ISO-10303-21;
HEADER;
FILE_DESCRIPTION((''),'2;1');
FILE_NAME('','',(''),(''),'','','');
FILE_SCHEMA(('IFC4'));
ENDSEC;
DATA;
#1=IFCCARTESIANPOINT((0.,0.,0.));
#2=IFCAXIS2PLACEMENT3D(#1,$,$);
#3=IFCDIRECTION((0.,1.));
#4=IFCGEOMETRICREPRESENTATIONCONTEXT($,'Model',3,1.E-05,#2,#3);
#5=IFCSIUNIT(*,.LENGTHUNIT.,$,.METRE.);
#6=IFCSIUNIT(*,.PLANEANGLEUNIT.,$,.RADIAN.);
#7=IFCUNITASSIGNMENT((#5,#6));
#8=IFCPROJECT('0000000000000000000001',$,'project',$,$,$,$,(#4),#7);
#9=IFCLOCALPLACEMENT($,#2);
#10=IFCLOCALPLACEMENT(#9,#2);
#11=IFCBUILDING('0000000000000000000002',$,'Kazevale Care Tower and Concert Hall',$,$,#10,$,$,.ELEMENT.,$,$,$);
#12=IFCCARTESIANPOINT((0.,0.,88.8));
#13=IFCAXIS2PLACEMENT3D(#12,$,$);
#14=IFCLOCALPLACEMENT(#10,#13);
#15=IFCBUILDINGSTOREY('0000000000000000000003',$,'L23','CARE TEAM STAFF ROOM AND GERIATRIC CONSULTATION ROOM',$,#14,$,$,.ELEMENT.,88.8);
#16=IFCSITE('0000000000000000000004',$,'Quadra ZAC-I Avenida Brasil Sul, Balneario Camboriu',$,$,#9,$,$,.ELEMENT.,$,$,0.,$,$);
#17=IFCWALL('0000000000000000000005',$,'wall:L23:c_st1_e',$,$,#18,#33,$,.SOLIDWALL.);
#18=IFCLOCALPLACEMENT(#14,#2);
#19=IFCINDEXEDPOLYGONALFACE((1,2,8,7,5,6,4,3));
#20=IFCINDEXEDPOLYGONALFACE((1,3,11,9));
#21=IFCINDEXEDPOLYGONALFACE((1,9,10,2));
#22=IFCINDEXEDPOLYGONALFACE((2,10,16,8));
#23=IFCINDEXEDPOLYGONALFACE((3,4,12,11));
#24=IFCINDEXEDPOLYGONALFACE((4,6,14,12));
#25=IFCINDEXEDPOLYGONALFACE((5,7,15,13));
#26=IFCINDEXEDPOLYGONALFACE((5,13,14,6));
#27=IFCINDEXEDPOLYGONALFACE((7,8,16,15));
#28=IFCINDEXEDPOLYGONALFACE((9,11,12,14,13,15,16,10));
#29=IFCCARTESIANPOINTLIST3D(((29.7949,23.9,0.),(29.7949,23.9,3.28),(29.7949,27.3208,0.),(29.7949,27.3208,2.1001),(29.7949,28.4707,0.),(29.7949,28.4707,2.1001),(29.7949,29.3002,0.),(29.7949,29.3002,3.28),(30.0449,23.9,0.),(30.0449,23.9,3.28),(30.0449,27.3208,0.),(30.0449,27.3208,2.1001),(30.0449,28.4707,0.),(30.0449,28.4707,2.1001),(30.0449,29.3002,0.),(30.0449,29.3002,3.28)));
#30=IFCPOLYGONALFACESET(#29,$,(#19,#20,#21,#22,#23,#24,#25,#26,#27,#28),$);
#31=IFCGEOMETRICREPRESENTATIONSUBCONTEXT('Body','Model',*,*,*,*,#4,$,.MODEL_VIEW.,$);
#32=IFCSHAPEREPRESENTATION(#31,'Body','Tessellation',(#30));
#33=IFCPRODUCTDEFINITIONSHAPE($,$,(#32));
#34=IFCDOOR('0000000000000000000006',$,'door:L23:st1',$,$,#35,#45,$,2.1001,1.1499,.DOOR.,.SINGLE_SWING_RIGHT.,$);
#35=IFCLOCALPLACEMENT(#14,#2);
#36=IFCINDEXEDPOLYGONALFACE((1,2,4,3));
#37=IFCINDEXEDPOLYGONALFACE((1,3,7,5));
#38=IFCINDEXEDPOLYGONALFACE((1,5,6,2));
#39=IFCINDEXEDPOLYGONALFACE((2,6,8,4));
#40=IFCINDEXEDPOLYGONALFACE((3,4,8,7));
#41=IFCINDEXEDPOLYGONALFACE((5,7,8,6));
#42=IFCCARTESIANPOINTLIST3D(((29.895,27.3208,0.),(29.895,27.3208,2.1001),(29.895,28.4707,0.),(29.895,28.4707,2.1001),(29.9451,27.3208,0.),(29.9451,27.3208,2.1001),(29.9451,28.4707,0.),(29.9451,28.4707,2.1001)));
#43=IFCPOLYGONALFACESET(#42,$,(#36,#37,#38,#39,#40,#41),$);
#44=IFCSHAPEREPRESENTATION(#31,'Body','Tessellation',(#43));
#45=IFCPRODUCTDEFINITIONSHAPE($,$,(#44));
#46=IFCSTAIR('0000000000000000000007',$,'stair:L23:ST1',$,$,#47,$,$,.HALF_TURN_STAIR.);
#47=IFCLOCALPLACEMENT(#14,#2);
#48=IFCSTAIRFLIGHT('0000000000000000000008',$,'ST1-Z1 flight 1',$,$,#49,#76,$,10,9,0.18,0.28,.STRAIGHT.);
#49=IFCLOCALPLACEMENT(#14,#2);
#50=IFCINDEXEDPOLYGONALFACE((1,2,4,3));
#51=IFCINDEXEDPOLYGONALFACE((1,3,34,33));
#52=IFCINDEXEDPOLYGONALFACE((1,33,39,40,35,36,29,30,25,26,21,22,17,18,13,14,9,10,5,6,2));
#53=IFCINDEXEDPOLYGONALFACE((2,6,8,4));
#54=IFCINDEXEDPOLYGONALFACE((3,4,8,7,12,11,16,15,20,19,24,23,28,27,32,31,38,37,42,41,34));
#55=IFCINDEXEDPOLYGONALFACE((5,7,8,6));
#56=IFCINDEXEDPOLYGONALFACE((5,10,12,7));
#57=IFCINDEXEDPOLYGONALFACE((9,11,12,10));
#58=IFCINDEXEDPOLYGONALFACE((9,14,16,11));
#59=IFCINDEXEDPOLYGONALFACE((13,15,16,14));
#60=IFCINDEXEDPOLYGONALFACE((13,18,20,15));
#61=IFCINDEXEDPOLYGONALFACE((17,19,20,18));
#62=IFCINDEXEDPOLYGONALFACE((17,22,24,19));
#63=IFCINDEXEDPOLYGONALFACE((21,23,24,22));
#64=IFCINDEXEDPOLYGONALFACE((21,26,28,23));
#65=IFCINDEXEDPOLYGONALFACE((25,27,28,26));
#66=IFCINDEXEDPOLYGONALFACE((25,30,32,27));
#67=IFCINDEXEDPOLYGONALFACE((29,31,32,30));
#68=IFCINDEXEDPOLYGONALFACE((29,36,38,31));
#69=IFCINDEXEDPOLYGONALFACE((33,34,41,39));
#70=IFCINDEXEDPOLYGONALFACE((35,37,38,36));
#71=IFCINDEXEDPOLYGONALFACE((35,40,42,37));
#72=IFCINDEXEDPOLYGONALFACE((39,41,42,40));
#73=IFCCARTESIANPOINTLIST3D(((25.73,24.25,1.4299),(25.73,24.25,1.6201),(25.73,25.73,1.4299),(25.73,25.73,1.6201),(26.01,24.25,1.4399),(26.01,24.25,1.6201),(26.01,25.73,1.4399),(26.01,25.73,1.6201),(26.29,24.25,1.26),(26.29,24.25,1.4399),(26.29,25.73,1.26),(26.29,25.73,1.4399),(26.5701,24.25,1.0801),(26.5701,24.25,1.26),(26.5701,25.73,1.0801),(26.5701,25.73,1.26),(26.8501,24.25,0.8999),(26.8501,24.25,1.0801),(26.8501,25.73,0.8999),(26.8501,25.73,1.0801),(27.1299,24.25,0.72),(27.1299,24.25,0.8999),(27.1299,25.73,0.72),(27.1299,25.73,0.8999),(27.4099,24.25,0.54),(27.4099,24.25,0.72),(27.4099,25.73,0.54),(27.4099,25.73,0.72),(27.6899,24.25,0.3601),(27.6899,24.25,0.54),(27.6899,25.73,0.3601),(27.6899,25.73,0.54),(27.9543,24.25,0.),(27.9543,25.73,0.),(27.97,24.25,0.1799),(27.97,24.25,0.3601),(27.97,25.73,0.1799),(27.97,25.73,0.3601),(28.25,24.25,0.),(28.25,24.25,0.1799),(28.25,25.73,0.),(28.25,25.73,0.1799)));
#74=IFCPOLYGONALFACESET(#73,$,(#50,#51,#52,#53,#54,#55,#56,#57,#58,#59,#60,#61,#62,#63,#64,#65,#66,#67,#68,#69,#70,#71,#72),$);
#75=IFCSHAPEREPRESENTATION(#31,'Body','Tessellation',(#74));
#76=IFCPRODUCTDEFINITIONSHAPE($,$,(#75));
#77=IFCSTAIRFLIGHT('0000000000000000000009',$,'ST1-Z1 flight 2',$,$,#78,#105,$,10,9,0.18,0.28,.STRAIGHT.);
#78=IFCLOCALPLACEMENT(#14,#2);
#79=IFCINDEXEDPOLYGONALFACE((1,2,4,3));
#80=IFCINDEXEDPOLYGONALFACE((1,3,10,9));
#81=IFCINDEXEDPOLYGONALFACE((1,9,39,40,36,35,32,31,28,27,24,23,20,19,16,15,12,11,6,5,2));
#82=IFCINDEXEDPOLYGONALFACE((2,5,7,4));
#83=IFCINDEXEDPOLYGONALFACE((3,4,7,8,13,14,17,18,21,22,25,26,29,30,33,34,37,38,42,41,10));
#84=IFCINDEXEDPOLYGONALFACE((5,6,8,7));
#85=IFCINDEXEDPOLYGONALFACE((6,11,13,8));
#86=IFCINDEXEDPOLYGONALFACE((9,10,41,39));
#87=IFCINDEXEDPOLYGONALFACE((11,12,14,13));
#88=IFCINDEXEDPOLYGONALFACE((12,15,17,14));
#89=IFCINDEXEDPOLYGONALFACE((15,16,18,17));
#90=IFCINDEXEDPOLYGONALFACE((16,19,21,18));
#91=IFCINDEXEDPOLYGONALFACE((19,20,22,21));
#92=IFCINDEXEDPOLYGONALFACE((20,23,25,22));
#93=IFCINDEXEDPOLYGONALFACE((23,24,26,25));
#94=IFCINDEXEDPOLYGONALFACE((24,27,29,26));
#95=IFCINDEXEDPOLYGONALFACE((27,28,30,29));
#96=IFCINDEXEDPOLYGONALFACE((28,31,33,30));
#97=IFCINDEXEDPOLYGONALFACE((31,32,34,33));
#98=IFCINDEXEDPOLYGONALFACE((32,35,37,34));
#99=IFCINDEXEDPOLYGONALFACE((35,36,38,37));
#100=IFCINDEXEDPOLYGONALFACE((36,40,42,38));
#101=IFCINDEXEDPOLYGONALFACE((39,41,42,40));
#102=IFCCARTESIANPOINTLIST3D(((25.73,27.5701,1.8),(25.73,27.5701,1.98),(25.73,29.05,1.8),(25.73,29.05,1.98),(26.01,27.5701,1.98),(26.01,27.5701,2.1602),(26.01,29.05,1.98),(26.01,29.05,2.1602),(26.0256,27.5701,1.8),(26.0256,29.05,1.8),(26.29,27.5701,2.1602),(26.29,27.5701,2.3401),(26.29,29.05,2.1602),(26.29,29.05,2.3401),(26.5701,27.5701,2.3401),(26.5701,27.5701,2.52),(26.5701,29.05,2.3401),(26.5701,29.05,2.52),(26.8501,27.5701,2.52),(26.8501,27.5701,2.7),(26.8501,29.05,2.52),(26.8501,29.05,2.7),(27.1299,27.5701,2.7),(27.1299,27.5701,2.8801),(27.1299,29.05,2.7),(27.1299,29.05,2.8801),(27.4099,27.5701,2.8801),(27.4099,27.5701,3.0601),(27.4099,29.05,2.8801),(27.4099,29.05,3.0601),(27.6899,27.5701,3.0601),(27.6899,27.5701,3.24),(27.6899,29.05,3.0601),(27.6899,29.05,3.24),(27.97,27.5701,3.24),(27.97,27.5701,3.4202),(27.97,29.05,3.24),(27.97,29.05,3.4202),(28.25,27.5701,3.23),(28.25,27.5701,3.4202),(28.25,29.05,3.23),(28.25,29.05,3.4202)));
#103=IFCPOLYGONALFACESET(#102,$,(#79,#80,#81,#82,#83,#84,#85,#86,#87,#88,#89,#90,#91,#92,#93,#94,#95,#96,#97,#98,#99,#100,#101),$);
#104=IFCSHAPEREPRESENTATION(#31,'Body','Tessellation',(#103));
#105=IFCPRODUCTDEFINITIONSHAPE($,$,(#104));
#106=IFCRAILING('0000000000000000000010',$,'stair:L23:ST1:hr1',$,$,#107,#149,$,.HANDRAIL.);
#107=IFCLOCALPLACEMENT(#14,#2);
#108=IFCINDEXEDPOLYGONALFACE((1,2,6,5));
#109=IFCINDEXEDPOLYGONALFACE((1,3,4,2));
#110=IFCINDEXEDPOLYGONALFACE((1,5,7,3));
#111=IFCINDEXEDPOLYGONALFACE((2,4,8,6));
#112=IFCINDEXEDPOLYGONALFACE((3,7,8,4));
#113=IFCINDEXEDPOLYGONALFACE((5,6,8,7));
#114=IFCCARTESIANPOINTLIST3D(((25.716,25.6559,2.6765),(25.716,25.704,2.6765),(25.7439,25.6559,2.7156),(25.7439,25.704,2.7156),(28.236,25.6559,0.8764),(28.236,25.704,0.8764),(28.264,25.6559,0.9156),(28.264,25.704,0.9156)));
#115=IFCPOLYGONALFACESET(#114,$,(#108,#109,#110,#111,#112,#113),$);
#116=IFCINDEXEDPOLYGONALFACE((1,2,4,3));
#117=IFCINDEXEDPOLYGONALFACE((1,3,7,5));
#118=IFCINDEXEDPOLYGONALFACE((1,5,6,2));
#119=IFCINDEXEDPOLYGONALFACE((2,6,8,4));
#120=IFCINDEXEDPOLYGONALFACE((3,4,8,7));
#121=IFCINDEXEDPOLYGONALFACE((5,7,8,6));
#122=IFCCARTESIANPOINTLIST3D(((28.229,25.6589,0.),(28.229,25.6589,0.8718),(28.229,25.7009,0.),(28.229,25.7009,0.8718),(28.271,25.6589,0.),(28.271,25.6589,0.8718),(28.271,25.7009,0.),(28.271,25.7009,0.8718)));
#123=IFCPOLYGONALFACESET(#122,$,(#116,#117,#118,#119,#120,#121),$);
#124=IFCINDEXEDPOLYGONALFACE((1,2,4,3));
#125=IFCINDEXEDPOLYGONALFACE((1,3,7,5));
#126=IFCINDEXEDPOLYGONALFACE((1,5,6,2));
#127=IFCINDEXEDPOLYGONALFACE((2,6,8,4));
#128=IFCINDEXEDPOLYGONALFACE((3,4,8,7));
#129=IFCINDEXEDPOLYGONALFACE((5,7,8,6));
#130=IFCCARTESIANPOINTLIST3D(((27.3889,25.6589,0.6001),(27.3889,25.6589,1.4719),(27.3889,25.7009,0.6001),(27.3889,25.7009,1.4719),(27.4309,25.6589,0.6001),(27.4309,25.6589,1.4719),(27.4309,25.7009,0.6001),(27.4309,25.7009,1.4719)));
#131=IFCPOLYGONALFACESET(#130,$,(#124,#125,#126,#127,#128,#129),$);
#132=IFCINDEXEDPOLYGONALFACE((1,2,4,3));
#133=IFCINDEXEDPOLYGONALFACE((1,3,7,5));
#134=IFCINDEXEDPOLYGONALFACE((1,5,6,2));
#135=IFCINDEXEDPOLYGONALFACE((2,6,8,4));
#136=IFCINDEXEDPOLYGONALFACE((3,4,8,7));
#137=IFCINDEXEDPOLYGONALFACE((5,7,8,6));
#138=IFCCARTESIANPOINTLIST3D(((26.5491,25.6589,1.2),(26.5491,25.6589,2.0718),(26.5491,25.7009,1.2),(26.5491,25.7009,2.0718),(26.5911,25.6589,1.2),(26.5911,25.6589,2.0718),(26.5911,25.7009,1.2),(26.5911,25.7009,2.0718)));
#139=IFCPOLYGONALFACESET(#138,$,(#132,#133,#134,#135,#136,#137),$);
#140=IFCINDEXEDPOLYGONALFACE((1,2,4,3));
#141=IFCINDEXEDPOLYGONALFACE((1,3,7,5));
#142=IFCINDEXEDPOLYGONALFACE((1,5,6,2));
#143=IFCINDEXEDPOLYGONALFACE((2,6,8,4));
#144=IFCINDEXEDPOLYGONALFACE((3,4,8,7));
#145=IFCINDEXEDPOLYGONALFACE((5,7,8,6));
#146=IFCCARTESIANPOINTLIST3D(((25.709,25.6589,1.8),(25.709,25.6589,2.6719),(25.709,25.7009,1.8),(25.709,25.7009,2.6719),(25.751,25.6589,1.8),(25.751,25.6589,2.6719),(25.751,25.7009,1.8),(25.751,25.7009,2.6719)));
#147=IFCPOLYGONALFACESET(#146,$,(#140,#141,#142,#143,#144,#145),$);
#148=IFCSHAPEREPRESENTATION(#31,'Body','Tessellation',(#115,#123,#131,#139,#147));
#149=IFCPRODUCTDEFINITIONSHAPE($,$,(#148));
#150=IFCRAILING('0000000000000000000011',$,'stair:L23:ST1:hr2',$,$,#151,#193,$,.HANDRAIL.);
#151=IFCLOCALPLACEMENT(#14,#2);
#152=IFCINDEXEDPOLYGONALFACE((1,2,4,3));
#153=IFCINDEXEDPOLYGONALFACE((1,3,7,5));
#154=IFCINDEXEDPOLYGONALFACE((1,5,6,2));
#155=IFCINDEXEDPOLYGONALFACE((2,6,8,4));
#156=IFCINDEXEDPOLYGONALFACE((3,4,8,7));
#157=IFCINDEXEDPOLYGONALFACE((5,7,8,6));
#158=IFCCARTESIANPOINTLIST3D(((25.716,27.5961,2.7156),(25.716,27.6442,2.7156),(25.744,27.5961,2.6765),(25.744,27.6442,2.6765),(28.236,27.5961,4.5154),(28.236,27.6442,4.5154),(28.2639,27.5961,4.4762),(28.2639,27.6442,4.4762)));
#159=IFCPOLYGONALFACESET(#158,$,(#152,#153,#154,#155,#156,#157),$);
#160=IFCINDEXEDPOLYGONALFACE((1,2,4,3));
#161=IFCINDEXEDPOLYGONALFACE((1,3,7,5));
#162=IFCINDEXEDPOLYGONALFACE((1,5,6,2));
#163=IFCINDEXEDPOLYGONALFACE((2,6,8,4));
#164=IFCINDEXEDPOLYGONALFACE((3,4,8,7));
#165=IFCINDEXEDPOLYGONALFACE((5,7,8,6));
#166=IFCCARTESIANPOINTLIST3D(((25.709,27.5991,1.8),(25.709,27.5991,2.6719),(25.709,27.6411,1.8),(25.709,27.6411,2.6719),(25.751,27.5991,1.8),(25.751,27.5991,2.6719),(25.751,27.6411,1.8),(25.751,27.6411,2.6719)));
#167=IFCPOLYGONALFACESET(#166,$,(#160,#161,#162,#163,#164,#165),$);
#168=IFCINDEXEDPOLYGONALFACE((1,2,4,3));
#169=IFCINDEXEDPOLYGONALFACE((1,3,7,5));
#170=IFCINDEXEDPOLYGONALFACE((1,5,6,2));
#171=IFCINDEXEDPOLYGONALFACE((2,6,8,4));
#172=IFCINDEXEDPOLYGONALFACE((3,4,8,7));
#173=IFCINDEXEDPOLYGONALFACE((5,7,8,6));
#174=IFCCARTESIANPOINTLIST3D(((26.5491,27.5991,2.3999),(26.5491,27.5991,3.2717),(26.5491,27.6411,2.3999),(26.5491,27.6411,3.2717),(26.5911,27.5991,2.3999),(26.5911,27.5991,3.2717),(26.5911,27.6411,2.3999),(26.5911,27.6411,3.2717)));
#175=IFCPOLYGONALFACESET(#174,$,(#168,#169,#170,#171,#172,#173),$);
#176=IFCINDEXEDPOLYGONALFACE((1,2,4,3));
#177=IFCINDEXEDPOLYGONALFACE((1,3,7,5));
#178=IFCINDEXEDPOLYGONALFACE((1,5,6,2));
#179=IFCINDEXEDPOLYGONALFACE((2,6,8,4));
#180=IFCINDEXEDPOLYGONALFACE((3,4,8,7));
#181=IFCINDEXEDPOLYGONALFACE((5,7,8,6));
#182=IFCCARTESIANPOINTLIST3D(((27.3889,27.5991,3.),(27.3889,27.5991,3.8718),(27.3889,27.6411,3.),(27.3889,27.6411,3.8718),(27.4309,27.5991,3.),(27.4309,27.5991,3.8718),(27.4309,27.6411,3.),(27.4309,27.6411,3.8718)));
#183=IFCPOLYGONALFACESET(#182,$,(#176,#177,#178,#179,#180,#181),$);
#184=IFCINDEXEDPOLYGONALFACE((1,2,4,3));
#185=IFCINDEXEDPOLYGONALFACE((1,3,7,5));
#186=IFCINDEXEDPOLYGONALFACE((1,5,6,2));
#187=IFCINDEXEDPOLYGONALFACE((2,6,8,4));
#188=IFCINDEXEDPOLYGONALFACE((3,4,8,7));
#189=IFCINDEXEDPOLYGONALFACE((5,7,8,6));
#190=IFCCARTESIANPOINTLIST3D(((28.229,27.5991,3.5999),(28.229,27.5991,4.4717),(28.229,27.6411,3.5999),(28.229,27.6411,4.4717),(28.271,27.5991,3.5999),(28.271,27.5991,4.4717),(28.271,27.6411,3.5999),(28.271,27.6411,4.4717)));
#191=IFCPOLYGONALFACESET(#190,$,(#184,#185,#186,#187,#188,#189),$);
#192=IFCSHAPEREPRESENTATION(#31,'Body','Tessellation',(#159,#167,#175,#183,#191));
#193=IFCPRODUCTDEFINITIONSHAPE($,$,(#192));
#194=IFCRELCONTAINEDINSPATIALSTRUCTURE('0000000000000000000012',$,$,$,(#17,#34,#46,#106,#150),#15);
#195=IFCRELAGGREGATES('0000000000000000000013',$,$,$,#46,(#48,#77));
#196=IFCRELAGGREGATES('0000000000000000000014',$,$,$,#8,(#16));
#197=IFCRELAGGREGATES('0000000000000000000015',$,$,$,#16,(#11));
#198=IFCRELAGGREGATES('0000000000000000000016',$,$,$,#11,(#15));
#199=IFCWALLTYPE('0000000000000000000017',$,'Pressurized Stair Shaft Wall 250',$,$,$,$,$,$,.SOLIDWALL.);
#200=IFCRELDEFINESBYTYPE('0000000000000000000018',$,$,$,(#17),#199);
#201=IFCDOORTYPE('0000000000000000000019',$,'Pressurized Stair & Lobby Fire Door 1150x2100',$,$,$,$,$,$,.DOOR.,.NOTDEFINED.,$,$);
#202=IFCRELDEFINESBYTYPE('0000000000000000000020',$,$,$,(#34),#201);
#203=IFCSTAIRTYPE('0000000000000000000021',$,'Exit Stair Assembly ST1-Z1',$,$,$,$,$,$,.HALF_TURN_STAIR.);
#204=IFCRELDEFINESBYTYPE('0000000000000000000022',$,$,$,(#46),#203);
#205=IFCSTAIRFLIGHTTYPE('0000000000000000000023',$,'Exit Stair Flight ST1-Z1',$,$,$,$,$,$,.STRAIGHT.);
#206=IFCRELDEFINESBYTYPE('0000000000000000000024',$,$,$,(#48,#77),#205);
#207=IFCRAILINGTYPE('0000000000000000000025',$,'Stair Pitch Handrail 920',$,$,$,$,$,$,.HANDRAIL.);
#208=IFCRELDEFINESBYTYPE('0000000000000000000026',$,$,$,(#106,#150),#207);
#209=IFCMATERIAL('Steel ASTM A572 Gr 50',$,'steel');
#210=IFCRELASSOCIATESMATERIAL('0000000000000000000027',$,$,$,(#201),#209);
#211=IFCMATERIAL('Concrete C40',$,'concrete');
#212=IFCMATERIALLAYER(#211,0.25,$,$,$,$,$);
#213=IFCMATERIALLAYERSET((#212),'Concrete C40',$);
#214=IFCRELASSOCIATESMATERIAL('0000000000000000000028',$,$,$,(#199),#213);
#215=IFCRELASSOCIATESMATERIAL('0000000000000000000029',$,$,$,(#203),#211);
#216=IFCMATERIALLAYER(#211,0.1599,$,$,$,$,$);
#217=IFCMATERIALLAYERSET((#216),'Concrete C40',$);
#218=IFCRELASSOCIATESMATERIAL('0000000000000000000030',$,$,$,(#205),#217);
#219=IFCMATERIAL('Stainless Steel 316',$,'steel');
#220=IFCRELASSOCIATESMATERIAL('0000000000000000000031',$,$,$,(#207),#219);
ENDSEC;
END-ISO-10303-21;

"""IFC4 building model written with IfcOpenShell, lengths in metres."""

from ifc_helpers import new_model, si_unit, direction, frame, frame_2d, origin, origin_2d, place, context, subcontext, project, spatial, polyline, rectangle, outline, extrude, material, layer, layer_set, type_object, element, fill, aggregate, save


model = new_model("IFC4")

# Units and contexts
model_context = context("Model", 3, precision=1e-05, world=origin(), true_north=direction((0.0, 1.0)))
body_context = subcontext(model_context, "Body", "Model", "MODEL_VIEW")
ifc_project = project(units=[si_unit("LENGTHUNIT", "METRE"), si_unit("PLANEANGLEUNIT", "RADIAN")], contexts=[model_context])

# Site, building, storey
site_placement = place(None, origin())
site = spatial("IfcSite", under=ifc_project, at=site_placement, Name="Quadra ZAC-I Avenida Brasil Sul, Balneario Camboriu", CompositionType="ELEMENT", RefElevation=0.0)
building_placement = place(site_placement, origin())
building = spatial("IfcBuilding", under=site, at=building_placement, Name="Kazevale Care Tower and Concert Hall", CompositionType="ELEMENT")
storey_placement = place(building_placement, frame((0.0, 0.0, 88.8)))
storey = spatial("IfcBuildingStorey", under=building, at=storey_placement, Name="L23", Description="CARE TEAM STAFF ROOM AND GERIATRIC CONSULTATION ROOM", CompositionType="ELEMENT", Elevation=88.8)

# Shared definitions
ifc_material_1 = material(Name="Steel ASTM A572 Gr 50", Category="steel")

# Shared definitions
door_type_1 = type_object("IfcDoorType", Name="Pressurized Stair & Lobby Fire Door 1150x2100", OperationType="NOTDEFINED", PredefinedType="DOOR", material=ifc_material_1)

# Shared definitions
ifc_material_2 = material(Name="Concrete C40", Category="concrete")
ifc_material_3 = material(Name="Stainless Steel 316", Category="steel")

# Wall, opening, door
ifc_layer_1 = layer(ifc_material_2, 0.25)
ifc_layer_set_1 = layer_set([ifc_layer_1], Name="Concrete C40")
wall_type_1 = type_object("IfcWallType", Name="Pressurized Stair Shaft Wall 250", PredefinedType="SOLIDWALL", material=ifc_layer_set_1)
wall_1_placement = place(storey_placement, frame((29.9199, 23.8999, 0.0), z_axis=(0.0, 0.0, 1.0), x_axis=(0.0, 1.0, 0.0)))
wall_1 = element("IfcWall", 1, at=wall_1_placement, inside=storey, type_object=wall_type_1, Name="wall:L23:c_st1_e", PredefinedType="SOLIDWALL", context=body_context, shape_type="SweptSolid", body=[
    extrude(rectangle(XDim=5.4001, YDim=0.25, at=frame_2d((2.7002, 0.0))), origin(), (0.0, 0.0, 1.0), 3.28),
])
opening_1_placement = place(wall_1_placement, frame((3.4209, 0.0, 0.0)))
opening_1 = element("IfcOpeningElement", 2, at=opening_1_placement, cuts=wall_1, PredefinedType="OPENING", context=body_context, shape_type="SweptSolid", body=[
    extrude(rectangle(XDim=1.1499, YDim=2.1001, at=frame_2d((0.575, 1.05))), frame((0.0, 0.135, 0.0), z_axis=(0.0, -1.0, 0.0), x_axis=(1.0, 0.0, 0.0)), (0.0, 0.0, 1.0), 0.27),
])
door_1_placement = place(opening_1_placement, origin())
door_1 = element("IfcDoor", 3, at=door_1_placement, inside=storey, type_object=door_type_1, Name="door:L23:st1", OperationType="SINGLE_SWING_RIGHT", OverallHeight=2.1001, OverallWidth=1.1499, PredefinedType="DOOR", context=body_context, shape_type="SweptSolid", body=[
    extrude(rectangle(XDim=1.1499, YDim=2.1001, at=frame_2d((0.575, 1.05))), frame((0.0, 0.0249, 0.0), z_axis=(0.0, -1.0, 0.0), x_axis=(1.0, 0.0, 0.0)), (0.0, 0.0, 1.0), 0.05),
])
fill(opening_1, door_1)

# Stair, stair flights
stair_type = type_object("IfcStairType", Name="Exit Stair Assembly ST1-Z1", PredefinedType="HALF_TURN_STAIR", material=ifc_material_2)
stair_placement = place(storey_placement, origin())
stair = element("IfcStair", 4, at=stair_placement, inside=storey, type_object=stair_type, Name="stair:L23:ST1", PredefinedType="HALF_TURN_STAIR")
ifc_layer_2 = layer(ifc_material_2, 0.1599)
ifc_layer_set_2 = layer_set([ifc_layer_2], Name="Concrete C40")
stair_flight_type = type_object("IfcStairFlightType", Name="Exit Stair Flight ST1-Z1", PredefinedType="STRAIGHT", material=ifc_layer_set_2)
stair_flight_1_placement = place(storey_placement, frame((28.25, 24.99, 0.0), z_axis=(0.0, 0.0, 1.0), x_axis=(-1.0, 0.0, 0.0)))
stair_flight_1 = element("IfcStairFlight", 5, at=stair_flight_1_placement, type_object=stair_flight_type, Name="ST1-Z1 flight 1", NumberOfRisers=10, NumberOfTreads=9, PredefinedType="STRAIGHT", RiserHeight=0.18, TreadLength=0.28, context=body_context, shape_type="SweptSolid", body=[
    extrude(outline(polyline([(0.0, 0.0), (0.0, 0.1799), (0.28, 0.1799), (0.28, 0.3601), (0.5601, 0.3601), (0.5601, 0.54), (0.8401, 0.54), (0.8401, 0.72), (1.1201, 0.72), (1.1201, 0.8999), (1.3999, 0.8999), (1.3999, 1.0801), (1.6799, 1.0801), (1.6799, 1.26), (1.96, 1.26), (1.96, 1.4399), (2.24, 1.4399), (2.24, 1.6201), (2.52, 1.6201), (2.52, 1.8), (2.52, 1.4299), (0.2957, 0.0), (0.0, 0.0)])), frame((0.0, 0.74, 0.0), z_axis=(0.0, -1.0, 0.0), x_axis=(1.0, 0.0, 0.0)), (0.0, 0.0, 1.0), 1.48),
])
stair_flight_2_placement = place(storey_placement, frame((25.73, 28.3101, 1.8), z_axis=(0.0, 0.0, 1.0), x_axis=(1.0, 0.0, 0.0)))
stair_flight_2 = element("IfcStairFlight", 6, at=stair_flight_2_placement, type_object=stair_flight_type, Name="ST1-Z1 flight 2", NumberOfRisers=10, NumberOfTreads=9, PredefinedType="STRAIGHT", RiserHeight=0.18, TreadLength=0.28, context=body_context, shape_type="SweptSolid", body=[
    extrude(outline(polyline([(0.0, 0.0), (0.0, 0.1799), (0.28, 0.1799), (0.28, 0.3601), (0.5601, 0.3601), (0.5601, 0.54), (0.8401, 0.54), (0.8401, 0.72), (1.1201, 0.72), (1.1201, 0.8999), (1.3999, 0.8999), (1.3999, 1.0801), (1.6799, 1.0801), (1.6799, 1.26), (1.96, 1.26), (1.96, 1.4399), (2.24, 1.4399), (2.24, 1.6201), (2.52, 1.6201), (2.52, 1.8), (2.52, 1.4299), (0.2957, 0.0), (0.0, 0.0)])), frame((0.0, 0.74, 0.0), z_axis=(0.0, -1.0, 0.0), x_axis=(1.0, 0.0, 0.0)), (0.0, 0.0, 1.0), 1.48),
])
aggregate(stair, [stair_flight_1, stair_flight_2])

# Railings
railing_type_1 = type_object("IfcRailingType", Name="Stair Pitch Handrail 920", PredefinedType="HANDRAIL", material=ifc_material_3)
railing_1_placement = place(storey_placement, frame((28.25, 25.6799, 0.0)))
element("IfcRailing", 7, at=railing_1_placement, inside=storey, type_object=railing_type_1, Name="stair:L23:ST1:hr1", PredefinedType="HANDRAIL", context=body_context, shape_type="SweptSolid", body=[
    extrude(rectangle(XDim=0.0481, YDim=0.0481, at=origin_2d()), frame((0.0, 0.0, 0.896), z_axis=(-0.813728, 0.0, 0.581246), x_axis=(0.0, -1.0, 0.0)), (0.0, 0.0, 1.0), 3.0969),
    extrude(rectangle(XDim=0.042, YDim=0.042, at=origin_2d()), origin(), (0.0, 0.0, 1.0), 0.8718),
    extrude(rectangle(XDim=0.042, YDim=0.042, at=origin_2d()), frame((-0.8401, 0.0, 0.6001)), (0.0, 0.0, 1.0), 0.8718),
    extrude(rectangle(XDim=0.042, YDim=0.042, at=origin_2d()), frame((-1.6799, 0.0, 1.2)), (0.0, 0.0, 1.0), 0.8718),
    extrude(rectangle(XDim=0.042, YDim=0.042, at=origin_2d()), frame((-2.52, 0.0, 1.8)), (0.0, 0.0, 1.0), 0.8718),
])
railing_2_placement = place(storey_placement, frame((25.73, 27.6201, 1.8)))
element("IfcRailing", 8, at=railing_2_placement, inside=storey, type_object=railing_type_1, Name="stair:L23:ST1:hr2", PredefinedType="HANDRAIL", context=body_context, shape_type="SweptSolid", body=[
    extrude(rectangle(XDim=0.0481, YDim=0.0481, at=origin_2d()), frame((0.0, 0.0, 0.896), z_axis=(0.813765, 0.0, 0.581193), x_axis=(0.0, 1.0, 0.0)), (0.0, 0.0, 1.0), 3.0967),
    extrude(rectangle(XDim=0.042, YDim=0.042, at=origin_2d()), origin(), (0.0, 0.0, 1.0), 0.8718),
    extrude(rectangle(XDim=0.042, YDim=0.042, at=origin_2d()), frame((0.8401, 0.0, 0.5999)), (0.0, 0.0, 1.0), 0.8718),
    extrude(rectangle(XDim=0.042, YDim=0.042, at=origin_2d()), frame((1.6799, 0.0, 1.2)), (0.0, 0.0, 1.0), 0.8718),
    extrude(rectangle(XDim=0.042, YDim=0.042, at=origin_2d()), frame((2.52, 0.0, 1.7998)), (0.0, 0.0, 1.0), 0.8718),
])

save(model, "model.ifc")
